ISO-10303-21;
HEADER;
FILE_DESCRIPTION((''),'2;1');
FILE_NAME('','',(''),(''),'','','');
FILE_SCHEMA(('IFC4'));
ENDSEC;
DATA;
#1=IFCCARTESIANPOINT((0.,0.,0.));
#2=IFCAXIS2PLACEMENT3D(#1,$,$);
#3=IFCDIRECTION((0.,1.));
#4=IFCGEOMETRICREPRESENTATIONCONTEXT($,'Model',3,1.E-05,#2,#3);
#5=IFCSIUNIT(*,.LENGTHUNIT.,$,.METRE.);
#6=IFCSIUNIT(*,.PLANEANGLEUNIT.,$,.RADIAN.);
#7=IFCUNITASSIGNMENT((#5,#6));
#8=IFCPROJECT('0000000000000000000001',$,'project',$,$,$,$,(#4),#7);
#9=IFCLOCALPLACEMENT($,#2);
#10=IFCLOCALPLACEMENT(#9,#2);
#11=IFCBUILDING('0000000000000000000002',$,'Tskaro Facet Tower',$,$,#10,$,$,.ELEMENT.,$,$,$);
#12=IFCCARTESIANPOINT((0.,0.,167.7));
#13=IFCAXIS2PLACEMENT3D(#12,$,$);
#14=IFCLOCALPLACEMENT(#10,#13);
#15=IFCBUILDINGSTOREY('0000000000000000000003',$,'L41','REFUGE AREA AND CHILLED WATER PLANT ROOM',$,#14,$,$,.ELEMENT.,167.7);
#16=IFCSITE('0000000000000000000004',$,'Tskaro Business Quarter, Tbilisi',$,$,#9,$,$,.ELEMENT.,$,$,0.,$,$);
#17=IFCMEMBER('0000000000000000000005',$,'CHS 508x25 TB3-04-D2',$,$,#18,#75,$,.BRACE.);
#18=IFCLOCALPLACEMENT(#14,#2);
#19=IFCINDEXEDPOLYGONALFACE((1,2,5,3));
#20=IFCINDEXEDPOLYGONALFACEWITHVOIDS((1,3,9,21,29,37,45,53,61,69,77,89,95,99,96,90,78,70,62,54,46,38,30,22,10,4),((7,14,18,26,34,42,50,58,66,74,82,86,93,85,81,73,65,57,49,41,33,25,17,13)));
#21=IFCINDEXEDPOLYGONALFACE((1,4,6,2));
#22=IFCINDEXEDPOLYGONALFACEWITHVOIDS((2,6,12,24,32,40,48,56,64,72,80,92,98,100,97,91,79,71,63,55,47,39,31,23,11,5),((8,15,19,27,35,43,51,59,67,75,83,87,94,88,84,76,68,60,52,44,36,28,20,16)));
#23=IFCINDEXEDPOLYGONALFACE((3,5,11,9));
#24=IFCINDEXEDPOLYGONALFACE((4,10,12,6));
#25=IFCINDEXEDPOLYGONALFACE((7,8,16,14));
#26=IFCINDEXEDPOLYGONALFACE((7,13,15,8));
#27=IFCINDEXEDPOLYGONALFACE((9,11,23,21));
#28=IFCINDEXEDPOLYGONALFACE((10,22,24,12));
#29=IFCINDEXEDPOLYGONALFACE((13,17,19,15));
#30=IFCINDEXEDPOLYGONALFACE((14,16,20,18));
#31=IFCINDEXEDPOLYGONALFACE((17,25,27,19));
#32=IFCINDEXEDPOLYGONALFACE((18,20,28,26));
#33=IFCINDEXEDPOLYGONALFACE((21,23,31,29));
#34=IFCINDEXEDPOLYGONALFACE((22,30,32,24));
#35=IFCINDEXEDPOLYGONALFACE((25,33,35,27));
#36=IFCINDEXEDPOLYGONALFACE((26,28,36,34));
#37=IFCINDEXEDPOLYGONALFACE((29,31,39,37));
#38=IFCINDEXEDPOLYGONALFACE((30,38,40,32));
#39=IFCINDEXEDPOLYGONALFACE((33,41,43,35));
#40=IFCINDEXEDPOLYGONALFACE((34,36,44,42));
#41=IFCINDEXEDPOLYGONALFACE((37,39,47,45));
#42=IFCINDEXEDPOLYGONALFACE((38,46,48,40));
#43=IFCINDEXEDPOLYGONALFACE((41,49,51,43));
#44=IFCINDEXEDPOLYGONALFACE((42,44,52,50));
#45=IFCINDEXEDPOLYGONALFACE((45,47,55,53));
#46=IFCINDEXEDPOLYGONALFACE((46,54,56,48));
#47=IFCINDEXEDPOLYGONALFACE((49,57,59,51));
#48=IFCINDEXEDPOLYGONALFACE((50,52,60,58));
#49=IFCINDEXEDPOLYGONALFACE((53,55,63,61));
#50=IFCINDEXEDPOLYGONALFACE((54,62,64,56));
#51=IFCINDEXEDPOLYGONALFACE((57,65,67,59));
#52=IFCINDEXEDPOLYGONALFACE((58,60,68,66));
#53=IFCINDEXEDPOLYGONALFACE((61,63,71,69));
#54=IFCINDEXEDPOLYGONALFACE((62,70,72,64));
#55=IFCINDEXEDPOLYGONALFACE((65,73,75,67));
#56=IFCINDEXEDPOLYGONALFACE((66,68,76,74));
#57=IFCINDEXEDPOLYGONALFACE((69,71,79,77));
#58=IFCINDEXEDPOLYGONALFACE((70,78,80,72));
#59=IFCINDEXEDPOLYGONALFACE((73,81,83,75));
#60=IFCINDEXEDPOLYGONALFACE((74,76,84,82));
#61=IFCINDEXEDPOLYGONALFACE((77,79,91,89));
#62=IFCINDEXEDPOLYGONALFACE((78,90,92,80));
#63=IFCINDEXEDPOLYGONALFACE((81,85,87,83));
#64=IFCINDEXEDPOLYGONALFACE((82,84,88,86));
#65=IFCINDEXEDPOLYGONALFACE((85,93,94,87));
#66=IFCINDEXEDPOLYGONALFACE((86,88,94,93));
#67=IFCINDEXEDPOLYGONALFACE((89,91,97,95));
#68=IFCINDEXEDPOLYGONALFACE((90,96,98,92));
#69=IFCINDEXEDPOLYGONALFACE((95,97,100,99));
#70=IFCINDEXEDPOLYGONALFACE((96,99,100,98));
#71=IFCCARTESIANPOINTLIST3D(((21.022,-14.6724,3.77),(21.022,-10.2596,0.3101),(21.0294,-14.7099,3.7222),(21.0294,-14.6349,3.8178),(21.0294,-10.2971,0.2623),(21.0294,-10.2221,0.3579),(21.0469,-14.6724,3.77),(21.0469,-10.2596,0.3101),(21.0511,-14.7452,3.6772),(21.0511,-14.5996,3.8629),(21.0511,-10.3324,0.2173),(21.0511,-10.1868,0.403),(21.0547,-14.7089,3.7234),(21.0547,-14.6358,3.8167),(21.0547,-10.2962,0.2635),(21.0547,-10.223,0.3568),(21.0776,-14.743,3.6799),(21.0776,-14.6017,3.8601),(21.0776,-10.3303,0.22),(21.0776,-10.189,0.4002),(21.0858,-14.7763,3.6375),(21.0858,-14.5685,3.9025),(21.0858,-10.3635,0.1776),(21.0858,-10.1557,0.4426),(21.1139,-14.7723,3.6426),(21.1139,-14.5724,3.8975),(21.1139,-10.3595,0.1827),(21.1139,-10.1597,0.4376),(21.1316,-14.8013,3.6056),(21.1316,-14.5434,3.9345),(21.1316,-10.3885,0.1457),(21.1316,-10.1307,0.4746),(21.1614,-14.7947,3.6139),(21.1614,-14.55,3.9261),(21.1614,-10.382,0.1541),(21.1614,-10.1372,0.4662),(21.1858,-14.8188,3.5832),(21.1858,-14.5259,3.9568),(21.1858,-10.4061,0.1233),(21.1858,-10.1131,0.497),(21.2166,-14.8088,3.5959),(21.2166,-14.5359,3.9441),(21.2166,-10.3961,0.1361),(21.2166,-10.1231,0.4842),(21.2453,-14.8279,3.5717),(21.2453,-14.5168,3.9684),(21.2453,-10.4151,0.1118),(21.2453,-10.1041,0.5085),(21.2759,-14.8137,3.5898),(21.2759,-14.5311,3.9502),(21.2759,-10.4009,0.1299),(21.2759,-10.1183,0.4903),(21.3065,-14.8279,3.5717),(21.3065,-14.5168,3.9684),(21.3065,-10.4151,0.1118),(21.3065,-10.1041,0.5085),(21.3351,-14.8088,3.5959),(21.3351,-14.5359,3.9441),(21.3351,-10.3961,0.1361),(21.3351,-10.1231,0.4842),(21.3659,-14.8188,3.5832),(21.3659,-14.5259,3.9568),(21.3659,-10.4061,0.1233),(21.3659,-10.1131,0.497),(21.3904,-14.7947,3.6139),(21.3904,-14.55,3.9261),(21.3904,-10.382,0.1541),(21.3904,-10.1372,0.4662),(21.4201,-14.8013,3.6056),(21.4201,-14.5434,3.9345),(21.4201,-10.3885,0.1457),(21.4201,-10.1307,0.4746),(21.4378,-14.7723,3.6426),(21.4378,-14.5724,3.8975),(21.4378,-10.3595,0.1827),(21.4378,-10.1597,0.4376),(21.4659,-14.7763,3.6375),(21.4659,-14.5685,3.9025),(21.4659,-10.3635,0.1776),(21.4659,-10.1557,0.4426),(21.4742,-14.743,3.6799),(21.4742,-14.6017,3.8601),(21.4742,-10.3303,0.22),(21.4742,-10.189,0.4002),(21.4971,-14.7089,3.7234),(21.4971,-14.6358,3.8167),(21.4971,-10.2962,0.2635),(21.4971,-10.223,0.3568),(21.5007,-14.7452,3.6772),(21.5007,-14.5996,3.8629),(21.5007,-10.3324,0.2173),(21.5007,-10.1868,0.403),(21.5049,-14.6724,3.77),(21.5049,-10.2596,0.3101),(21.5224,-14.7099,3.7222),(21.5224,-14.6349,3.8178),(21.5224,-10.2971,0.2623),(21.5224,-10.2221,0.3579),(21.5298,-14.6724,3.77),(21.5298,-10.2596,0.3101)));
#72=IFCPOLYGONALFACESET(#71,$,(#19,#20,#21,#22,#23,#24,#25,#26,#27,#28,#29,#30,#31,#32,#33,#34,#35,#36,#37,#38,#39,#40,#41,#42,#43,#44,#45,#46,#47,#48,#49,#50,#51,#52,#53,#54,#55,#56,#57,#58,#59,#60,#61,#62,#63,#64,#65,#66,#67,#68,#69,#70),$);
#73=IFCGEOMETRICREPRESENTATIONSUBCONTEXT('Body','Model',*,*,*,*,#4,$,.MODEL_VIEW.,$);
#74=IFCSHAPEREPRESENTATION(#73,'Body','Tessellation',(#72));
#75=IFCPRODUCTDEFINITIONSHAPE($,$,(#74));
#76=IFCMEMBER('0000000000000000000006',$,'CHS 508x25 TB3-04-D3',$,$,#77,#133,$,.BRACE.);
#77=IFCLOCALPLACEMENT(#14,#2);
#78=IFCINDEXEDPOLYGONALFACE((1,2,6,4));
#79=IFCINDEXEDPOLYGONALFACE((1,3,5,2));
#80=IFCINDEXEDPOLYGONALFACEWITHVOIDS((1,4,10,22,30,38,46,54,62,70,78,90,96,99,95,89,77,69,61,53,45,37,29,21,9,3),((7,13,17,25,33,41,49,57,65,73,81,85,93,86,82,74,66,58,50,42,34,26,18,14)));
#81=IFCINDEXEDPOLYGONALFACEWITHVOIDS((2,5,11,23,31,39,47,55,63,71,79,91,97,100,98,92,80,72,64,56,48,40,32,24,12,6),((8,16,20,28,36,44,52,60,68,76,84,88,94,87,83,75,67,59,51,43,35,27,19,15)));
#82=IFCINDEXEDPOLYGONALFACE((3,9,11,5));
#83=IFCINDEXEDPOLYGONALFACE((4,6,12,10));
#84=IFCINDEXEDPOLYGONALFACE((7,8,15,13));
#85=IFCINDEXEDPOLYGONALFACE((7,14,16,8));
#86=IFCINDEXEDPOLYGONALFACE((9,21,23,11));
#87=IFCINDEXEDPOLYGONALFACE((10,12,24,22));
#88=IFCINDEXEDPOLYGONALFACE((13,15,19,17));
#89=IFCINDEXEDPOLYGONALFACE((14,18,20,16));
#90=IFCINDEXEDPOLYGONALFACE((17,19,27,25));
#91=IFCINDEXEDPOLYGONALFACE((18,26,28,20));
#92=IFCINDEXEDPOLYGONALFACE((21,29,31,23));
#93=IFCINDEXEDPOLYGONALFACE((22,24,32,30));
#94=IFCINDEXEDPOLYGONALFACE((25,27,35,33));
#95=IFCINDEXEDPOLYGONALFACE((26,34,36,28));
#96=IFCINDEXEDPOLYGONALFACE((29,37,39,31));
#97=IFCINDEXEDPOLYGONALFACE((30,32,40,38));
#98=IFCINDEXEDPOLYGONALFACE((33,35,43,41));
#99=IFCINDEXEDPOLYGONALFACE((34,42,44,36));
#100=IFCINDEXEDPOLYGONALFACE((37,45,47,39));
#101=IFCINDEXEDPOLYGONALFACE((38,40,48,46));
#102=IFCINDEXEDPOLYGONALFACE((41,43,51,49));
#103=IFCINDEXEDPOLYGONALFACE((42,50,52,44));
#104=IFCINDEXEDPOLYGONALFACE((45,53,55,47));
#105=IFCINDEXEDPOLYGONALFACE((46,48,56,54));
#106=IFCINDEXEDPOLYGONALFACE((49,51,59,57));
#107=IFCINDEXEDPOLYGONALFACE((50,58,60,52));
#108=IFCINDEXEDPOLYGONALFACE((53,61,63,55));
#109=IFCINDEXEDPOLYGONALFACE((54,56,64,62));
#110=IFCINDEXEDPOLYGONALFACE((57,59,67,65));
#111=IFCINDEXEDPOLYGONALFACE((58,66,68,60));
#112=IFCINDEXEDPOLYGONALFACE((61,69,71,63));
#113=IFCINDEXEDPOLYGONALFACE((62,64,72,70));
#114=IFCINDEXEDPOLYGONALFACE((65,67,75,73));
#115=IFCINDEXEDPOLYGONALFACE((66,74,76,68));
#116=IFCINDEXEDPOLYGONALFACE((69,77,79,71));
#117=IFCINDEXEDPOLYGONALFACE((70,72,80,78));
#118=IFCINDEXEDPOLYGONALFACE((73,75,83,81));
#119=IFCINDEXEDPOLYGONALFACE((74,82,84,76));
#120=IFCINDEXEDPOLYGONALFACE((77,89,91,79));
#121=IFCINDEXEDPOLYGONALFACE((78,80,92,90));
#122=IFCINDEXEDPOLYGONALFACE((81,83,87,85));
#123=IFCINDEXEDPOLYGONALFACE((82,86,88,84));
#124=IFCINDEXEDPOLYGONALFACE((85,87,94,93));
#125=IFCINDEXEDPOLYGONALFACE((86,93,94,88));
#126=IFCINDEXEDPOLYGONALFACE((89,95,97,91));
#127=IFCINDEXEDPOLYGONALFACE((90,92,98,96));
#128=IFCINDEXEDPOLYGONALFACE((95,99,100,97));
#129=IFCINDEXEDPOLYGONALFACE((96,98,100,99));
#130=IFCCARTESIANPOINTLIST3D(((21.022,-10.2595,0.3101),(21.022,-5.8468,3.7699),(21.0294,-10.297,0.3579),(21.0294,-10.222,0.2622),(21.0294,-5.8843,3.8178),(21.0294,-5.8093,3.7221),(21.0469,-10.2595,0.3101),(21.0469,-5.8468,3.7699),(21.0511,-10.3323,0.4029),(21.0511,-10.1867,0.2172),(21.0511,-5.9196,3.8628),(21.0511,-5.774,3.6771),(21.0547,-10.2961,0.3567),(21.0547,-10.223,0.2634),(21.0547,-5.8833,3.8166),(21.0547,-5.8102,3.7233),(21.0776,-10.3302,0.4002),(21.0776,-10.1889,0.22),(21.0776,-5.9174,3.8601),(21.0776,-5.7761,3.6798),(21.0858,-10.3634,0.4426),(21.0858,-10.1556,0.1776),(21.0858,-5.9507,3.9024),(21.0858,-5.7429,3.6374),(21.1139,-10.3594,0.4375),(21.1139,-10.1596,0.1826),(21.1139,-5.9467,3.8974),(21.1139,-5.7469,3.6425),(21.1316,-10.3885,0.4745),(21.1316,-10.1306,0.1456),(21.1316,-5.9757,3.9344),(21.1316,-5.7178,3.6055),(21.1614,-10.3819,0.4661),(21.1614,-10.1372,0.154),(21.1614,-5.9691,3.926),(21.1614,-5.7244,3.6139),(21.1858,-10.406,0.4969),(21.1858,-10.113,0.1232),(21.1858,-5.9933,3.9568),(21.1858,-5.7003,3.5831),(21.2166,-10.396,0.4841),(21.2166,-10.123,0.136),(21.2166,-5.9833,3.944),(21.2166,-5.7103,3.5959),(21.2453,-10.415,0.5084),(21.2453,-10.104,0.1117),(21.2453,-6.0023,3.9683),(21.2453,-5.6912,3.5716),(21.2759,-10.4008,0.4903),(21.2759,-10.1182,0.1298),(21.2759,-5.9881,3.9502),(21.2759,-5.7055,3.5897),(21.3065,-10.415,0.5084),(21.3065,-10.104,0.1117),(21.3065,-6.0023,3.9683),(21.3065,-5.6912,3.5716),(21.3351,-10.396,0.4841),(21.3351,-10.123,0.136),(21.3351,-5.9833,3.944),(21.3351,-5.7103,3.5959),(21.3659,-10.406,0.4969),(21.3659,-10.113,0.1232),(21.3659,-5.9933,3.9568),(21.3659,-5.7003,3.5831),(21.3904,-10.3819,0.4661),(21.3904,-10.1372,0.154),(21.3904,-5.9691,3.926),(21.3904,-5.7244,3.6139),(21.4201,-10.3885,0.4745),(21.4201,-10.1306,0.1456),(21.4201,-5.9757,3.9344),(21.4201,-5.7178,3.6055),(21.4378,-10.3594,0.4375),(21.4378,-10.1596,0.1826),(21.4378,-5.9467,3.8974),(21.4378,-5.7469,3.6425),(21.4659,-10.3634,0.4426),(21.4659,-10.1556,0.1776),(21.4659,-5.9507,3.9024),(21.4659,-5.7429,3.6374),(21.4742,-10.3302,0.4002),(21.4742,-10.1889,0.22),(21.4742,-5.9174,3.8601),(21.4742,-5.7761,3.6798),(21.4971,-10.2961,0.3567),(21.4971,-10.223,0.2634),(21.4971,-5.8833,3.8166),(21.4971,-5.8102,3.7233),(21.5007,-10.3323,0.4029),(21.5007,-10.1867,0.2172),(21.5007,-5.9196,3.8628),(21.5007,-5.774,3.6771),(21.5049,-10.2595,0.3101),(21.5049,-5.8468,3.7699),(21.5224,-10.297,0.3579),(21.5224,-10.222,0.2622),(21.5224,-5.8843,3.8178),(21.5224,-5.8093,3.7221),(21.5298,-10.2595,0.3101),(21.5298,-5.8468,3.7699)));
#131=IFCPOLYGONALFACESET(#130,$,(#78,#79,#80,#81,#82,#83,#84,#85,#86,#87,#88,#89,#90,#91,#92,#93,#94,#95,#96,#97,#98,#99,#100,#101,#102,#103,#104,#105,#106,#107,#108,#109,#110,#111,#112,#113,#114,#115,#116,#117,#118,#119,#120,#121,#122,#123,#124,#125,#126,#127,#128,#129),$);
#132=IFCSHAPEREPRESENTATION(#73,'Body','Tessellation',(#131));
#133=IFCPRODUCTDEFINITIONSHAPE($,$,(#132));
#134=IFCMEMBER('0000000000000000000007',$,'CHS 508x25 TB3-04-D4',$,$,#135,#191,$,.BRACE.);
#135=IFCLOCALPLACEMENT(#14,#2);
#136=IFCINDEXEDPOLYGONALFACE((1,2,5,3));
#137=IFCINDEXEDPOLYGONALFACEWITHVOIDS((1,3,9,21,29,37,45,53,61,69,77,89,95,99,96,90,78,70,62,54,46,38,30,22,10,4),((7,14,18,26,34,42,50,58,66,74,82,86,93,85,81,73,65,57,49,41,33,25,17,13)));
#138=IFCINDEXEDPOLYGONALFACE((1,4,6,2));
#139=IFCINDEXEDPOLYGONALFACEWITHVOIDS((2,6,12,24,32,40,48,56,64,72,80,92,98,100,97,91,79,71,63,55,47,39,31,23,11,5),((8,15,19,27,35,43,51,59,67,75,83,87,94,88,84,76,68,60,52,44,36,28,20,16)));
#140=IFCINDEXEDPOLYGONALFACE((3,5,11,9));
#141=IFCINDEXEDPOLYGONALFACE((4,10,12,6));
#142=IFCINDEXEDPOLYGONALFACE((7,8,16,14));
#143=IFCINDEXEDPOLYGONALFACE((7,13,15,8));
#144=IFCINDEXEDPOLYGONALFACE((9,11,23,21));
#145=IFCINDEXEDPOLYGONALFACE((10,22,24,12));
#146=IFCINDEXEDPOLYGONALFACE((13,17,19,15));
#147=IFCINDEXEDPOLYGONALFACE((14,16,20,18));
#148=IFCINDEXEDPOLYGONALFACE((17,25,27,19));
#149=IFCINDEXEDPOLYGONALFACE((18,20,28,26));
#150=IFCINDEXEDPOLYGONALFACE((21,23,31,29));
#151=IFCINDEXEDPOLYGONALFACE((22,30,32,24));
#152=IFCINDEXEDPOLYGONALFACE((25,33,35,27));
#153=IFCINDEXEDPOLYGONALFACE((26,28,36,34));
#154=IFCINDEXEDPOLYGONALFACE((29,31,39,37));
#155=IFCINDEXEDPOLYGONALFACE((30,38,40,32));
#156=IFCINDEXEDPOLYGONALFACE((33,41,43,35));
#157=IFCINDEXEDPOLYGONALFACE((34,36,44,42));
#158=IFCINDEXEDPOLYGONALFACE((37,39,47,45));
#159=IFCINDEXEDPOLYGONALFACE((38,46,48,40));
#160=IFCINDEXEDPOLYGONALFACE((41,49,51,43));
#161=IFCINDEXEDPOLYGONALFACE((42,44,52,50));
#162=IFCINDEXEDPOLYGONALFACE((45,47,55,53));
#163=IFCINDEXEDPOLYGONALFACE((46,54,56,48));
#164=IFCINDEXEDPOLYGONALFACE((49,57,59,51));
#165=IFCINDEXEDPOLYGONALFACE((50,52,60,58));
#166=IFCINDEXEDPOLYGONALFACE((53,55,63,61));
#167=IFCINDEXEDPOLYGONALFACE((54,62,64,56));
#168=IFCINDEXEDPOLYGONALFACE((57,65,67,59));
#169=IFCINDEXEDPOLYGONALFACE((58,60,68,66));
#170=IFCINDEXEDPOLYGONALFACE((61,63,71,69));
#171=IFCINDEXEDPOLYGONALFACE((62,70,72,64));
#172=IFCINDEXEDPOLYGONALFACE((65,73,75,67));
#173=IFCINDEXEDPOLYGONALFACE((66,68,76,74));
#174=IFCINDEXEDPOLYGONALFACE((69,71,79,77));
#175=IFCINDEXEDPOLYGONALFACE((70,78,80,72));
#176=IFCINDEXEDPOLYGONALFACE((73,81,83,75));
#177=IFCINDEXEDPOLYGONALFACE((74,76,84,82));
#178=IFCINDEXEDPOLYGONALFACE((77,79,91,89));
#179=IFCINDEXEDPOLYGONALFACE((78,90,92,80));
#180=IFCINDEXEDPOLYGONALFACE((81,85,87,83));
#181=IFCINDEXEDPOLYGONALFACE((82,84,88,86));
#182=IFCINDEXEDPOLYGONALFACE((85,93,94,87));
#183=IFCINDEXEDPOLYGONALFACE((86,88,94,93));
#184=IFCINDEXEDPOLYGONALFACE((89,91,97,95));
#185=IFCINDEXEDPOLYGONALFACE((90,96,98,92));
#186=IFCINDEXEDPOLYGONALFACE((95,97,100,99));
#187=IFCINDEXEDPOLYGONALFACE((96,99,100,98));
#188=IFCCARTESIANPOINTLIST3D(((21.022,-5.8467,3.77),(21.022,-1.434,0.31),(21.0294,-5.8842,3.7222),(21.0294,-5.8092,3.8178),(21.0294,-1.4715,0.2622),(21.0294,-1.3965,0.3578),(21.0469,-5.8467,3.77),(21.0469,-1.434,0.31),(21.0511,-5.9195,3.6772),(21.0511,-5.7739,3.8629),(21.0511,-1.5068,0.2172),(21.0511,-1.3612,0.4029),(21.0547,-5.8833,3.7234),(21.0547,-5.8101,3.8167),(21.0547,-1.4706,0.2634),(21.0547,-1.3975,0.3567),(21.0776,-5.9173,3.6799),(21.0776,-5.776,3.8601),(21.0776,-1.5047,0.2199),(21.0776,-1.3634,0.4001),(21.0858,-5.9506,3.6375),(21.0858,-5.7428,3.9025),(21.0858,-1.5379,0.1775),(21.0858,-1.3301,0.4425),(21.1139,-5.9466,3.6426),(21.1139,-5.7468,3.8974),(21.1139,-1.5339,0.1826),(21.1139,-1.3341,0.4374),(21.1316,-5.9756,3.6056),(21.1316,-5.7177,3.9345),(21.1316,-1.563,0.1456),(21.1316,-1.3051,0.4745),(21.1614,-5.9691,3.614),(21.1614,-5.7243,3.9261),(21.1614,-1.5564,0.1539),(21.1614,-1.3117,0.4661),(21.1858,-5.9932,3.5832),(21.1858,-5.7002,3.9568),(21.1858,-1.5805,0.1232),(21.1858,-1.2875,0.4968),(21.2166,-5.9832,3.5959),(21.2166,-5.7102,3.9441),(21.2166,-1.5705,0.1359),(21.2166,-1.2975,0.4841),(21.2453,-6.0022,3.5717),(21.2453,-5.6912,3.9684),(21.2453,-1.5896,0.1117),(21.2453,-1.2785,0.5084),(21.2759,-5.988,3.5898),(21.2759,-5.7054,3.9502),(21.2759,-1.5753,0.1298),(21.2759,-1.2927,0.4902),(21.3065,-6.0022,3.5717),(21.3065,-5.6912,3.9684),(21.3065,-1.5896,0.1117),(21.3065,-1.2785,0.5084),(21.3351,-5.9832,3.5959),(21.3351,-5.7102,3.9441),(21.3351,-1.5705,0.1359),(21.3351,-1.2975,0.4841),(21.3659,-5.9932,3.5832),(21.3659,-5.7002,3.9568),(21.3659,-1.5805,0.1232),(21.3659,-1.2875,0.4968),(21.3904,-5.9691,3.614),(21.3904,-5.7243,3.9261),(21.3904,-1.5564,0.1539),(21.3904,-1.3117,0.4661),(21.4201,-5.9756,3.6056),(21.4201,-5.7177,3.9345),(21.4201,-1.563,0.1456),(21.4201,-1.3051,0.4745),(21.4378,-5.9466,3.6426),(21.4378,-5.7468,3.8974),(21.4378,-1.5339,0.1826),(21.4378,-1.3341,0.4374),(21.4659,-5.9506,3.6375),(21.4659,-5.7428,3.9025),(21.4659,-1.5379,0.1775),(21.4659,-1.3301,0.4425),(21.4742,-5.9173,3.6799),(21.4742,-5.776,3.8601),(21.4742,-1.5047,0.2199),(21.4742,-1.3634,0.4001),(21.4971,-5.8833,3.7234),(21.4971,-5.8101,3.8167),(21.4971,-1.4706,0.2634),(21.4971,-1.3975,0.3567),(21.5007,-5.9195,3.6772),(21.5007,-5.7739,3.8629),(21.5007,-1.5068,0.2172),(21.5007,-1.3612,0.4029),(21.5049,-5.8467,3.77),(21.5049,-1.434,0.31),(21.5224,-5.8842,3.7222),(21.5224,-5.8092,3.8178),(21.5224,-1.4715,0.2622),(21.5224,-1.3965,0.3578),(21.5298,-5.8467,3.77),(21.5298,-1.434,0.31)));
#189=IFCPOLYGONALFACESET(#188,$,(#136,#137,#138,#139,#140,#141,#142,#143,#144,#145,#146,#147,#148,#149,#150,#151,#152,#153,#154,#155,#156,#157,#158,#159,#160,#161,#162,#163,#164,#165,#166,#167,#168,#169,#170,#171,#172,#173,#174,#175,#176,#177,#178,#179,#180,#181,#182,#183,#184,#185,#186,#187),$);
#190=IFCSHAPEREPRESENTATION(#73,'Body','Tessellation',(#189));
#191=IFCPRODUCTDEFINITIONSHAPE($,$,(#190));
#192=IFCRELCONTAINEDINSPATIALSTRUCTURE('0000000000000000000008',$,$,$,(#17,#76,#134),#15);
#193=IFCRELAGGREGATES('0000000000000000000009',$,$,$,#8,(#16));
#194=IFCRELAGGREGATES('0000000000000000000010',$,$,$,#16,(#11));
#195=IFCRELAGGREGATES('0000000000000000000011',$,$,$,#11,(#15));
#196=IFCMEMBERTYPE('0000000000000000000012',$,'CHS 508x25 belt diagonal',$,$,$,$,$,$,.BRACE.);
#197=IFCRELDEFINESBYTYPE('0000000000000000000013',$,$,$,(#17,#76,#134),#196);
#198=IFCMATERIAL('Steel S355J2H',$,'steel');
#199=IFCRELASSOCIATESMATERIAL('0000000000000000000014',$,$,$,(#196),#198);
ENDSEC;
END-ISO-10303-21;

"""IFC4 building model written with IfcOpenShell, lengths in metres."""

from ifc_helpers import new_model, si_unit, direction, frame, origin, origin_2d, place, context, subcontext, project, spatial, hollow_circle, extrude, material, material_profile, profile_set, type_object, element, save


model = new_model("IFC4")

# Units and contexts
model_context = context("Model", 3, precision=1e-05, world=origin(), true_north=direction((0.0, 1.0)))
body_context = subcontext(model_context, "Body", "Model", "MODEL_VIEW")
ifc_project = project(units=[si_unit("LENGTHUNIT", "METRE"), si_unit("PLANEANGLEUNIT", "RADIAN")], contexts=[model_context])

# Site, building, storey
site_placement = place(None, origin())
site = spatial("IfcSite", under=ifc_project, at=site_placement, Name="Tskaro Business Quarter, Tbilisi", CompositionType="ELEMENT", RefElevation=0.0)
building_placement = place(site_placement, origin())
building = spatial("IfcBuilding", under=site, at=building_placement, Name="Tskaro Facet Tower", CompositionType="ELEMENT")
storey_placement = place(building_placement, frame((0.0, 0.0, 167.7)))
storey = spatial("IfcBuildingStorey", under=building, at=storey_placement, Name="L41", Description="REFUGE AREA AND CHILLED WATER PLANT ROOM", CompositionType="ELEMENT", Elevation=167.7)

# Shared definitions
ifc_material_1 = material(Name="Steel S355J2H", Category="steel")

# Members
ifc_material_profile_1 = material_profile(ifc_material_1, hollow_circle(Radius=0.2539, WallThickness=0.0249, at=origin_2d()), Name="CHS 508x25")
ifc_profile_set_1 = profile_set([ifc_material_profile_1], Name="Steel S355J2H")
member_type_1 = type_object("IfcMemberType", Name="CHS 508x25 belt diagonal", PredefinedType="BRACE", material=ifc_profile_set_1)
for number, where, z_axis, x_axis, name in (
    (1, (21.2759, -14.6724, 3.77), (0.0, 0.786948, -0.617019), (-1.0, 0.0, 0.0), "CHS 508x25 TB3-04-D2"),
    (2, (21.2759, -10.2595, 0.3101), (0.0, 0.786948, 0.617019), (-1.0, 0.0, 0.0), "CHS 508x25 TB3-04-D3"),
    (3, (21.2759, -5.8467, 3.77), (0.0, 0.786931, -0.617041), (-1.0, 0.0, 0.0), "CHS 508x25 TB3-04-D4"),
):
    element("IfcMember", number, at=place(storey_placement, frame(where, z_axis=z_axis, x_axis=x_axis)), inside=storey, type_object=member_type_1, Name=name, PredefinedType="BRACE", context=body_context, shape_type="SweptSolid", body=[
        extrude(hollow_circle(Radius=0.2539, WallThickness=0.0249, at=origin_2d()), origin(), (0.0, 0.0, 1.0), 5.6074),
    ])

save(model, "model.ifc")
